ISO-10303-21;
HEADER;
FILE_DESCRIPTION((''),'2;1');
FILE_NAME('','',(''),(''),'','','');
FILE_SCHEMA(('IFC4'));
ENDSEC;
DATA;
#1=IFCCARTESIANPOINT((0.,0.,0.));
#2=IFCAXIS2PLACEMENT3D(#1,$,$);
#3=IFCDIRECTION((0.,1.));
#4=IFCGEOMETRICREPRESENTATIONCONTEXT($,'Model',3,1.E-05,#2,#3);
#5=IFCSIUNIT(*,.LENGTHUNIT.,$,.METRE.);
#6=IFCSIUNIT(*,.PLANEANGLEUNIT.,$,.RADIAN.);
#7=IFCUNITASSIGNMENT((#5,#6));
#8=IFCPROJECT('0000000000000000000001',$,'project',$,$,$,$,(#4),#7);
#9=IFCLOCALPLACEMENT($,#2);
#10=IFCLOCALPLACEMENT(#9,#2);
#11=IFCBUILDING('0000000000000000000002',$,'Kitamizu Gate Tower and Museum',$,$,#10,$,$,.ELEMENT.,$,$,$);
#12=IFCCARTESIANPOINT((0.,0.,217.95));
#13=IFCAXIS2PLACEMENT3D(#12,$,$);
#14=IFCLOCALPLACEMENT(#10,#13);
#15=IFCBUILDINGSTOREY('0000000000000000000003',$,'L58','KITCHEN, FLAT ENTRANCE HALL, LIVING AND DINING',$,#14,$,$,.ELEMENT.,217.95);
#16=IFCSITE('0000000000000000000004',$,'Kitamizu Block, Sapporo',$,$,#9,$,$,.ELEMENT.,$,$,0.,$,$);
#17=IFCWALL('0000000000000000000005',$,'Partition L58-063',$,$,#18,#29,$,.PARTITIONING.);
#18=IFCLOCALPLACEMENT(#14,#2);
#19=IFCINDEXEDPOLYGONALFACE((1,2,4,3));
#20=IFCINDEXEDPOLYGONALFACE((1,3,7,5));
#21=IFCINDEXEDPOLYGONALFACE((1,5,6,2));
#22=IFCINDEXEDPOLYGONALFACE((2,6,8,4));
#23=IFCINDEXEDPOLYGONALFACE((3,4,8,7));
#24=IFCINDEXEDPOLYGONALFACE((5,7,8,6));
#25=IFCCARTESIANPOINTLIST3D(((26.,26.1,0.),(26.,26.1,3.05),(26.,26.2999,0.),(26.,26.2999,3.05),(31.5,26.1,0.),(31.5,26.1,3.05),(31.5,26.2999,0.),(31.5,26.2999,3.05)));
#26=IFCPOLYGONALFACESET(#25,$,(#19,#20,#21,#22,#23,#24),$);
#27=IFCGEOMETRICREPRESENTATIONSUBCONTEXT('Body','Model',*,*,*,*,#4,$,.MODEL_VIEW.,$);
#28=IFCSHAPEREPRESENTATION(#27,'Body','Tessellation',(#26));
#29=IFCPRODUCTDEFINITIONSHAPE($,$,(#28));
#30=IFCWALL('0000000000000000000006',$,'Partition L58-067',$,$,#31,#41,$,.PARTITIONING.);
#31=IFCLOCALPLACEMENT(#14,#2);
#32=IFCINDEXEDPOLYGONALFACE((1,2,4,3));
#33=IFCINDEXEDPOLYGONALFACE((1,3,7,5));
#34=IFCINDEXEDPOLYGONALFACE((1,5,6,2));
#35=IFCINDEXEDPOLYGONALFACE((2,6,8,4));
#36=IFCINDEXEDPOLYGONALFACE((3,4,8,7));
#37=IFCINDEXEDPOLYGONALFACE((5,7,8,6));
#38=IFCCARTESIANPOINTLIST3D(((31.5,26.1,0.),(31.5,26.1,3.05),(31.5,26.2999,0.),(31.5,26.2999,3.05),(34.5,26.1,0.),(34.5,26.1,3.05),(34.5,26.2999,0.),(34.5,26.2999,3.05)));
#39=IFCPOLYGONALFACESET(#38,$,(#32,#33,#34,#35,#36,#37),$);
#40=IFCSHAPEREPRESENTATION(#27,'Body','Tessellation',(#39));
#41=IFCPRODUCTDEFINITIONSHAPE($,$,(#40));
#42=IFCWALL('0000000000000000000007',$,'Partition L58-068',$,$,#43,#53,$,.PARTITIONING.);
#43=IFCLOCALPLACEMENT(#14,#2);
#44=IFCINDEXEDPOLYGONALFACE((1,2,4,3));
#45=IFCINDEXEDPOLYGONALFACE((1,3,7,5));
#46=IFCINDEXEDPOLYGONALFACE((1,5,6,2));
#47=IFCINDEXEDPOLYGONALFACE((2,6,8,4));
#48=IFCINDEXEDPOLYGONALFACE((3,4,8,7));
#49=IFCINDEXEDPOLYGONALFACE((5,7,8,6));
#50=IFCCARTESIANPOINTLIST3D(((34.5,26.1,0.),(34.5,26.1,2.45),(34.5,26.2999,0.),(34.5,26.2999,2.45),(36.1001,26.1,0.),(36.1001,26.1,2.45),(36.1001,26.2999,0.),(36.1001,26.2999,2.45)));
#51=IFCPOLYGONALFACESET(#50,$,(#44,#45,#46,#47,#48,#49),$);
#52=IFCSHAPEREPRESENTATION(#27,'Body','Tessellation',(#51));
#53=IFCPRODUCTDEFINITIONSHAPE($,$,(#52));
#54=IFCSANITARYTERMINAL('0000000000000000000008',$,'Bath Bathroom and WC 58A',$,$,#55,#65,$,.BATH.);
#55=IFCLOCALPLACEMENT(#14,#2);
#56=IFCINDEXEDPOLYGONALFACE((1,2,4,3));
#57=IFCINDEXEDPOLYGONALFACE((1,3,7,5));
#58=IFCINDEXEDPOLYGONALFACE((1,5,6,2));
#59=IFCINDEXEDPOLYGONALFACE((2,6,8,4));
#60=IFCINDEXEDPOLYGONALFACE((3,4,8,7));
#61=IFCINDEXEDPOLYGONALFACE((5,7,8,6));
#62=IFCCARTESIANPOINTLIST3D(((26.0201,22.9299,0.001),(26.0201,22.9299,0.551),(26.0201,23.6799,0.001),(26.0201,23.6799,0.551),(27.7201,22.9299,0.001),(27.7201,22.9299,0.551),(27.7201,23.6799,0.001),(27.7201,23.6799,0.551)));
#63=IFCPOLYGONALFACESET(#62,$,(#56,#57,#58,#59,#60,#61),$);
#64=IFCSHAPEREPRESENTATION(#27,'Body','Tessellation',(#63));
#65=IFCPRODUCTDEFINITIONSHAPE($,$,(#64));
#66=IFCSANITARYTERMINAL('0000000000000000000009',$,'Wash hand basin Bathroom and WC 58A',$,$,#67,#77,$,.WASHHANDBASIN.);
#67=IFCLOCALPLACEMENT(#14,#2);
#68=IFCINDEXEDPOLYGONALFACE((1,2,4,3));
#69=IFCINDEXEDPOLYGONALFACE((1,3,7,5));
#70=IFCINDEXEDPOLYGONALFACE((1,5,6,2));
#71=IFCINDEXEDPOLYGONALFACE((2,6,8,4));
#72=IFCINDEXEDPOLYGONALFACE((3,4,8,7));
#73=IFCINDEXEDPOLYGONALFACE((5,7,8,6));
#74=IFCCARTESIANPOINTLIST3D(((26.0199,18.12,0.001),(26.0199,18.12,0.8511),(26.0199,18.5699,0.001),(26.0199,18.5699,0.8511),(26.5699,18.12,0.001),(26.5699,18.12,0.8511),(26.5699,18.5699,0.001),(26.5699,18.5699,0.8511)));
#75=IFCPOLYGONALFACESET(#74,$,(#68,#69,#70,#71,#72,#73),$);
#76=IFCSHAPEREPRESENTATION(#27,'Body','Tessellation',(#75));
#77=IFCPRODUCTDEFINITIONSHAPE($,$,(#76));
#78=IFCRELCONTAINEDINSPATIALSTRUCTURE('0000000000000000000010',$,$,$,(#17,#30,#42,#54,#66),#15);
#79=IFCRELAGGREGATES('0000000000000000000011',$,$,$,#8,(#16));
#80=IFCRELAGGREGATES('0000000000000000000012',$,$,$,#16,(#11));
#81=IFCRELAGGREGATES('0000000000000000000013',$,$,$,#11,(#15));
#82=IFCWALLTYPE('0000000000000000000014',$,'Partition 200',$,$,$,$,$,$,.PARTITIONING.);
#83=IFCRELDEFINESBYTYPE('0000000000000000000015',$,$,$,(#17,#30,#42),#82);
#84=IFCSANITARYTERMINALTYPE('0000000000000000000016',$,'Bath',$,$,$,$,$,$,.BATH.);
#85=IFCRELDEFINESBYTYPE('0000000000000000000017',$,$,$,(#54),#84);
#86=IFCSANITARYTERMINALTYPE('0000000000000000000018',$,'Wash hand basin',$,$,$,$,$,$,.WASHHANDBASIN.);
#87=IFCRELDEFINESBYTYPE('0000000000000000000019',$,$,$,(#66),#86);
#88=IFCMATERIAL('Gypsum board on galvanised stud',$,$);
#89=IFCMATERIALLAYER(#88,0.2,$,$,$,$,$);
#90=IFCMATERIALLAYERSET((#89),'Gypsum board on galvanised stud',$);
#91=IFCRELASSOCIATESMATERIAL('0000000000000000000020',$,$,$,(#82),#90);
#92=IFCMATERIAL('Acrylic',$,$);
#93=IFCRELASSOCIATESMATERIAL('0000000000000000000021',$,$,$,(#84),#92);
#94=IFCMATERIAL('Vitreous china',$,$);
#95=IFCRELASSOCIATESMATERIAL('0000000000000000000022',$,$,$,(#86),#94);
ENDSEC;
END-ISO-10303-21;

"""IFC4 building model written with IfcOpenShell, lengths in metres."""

from ifc_helpers import new_model, si_unit, direction, frame, frame_2d, origin, origin_2d, place, context, subcontext, project, spatial, rectangle, extrude, material, layer, layer_set, type_object, element, save


model = new_model("IFC4")

# Units and contexts
model_context = context("Model", 3, precision=1e-05, world=origin(), true_north=direction((0.0, 1.0)))
body_context = subcontext(model_context, "Body", "Model", "MODEL_VIEW")
ifc_project = project(units=[si_unit("LENGTHUNIT", "METRE"), si_unit("PLANEANGLEUNIT", "RADIAN")], contexts=[model_context])

# Site, building, storey
site_placement = place(None, origin())
site = spatial("IfcSite", under=ifc_project, at=site_placement, Name="Kitamizu Block, Sapporo", CompositionType="ELEMENT", RefElevation=0.0)
building_placement = place(site_placement, origin())
building = spatial("IfcBuilding", under=site, at=building_placement, Name="Kitamizu Gate Tower and Museum", CompositionType="ELEMENT")
storey_placement = place(building_placement, frame((0.0, 0.0, 217.95)))
storey = spatial("IfcBuildingStorey", under=building, at=storey_placement, Name="L58", Description="KITCHEN, FLAT ENTRANCE HALL, LIVING AND DINING", CompositionType="ELEMENT", Elevation=217.95)

# Walls
ifc_material_1 = material(Name="Gypsum board on galvanised stud")
ifc_layer_1 = layer(ifc_material_1, 0.2)
ifc_layer_set_1 = layer_set([ifc_layer_1], Name="Gypsum board on galvanised stud")
wall_type_1 = type_object("IfcWallType", Name="Partition 200", PredefinedType="PARTITIONING", material=ifc_layer_set_1)
wall_1_placement = place(storey_placement, frame((26.0, 26.2, 0.0), z_axis=(0.0, 0.0, 1.0), x_axis=(1.0, 0.0, 0.0)))
element("IfcWall", 1, at=wall_1_placement, inside=storey, type_object=wall_type_1, Name="Partition L58-063", PredefinedType="PARTITIONING", context=body_context, shape_type="SweptSolid", body=[
    extrude(rectangle(XDim=5.5, YDim=0.2, at=frame_2d((2.75, 0.0))), origin(), (0.0, 0.0, 1.0), 3.05),
])
wall_2_placement = place(storey_placement, frame((31.5, 26.2, 0.0), z_axis=(0.0, 0.0, 1.0), x_axis=(1.0, 0.0, 0.0)))
element("IfcWall", 2, at=wall_2_placement, inside=storey, type_object=wall_type_1, Name="Partition L58-067", PredefinedType="PARTITIONING", context=body_context, shape_type="SweptSolid", body=[
    extrude(rectangle(XDim=3.0, YDim=0.2, at=frame_2d((1.5, 0.0))), origin(), (0.0, 0.0, 1.0), 3.05),
])
wall_3_placement = place(storey_placement, frame((34.5, 26.2, 0.0), z_axis=(0.0, 0.0, 1.0), x_axis=(1.0, 0.0, 0.0)))
element("IfcWall", 3, at=wall_3_placement, inside=storey, type_object=wall_type_1, Name="Partition L58-068", PredefinedType="PARTITIONING", context=body_context, shape_type="SweptSolid", body=[
    extrude(rectangle(XDim=1.6001, YDim=0.2, at=frame_2d((0.8, 0.0))), origin(), (0.0, 0.0, 1.0), 2.45),
])

# Sanitary terminals
ifc_material_2 = material(Name="Acrylic")
sanitary_terminal_type_1 = type_object("IfcSanitaryTerminalType", Name="Bath", PredefinedType="BATH", material=ifc_material_2)
sanitary_terminal_1_placement = place(storey_placement, frame((26.8701, 23.3049, 0.001), z_axis=(0.0, 0.0, 1.0), x_axis=(1.0, 0.0, 0.0)))
element("IfcSanitaryTerminal", 4, at=sanitary_terminal_1_placement, inside=storey, type_object=sanitary_terminal_type_1, Name="Bath Bathroom and WC 58A", PredefinedType="BATH", context=body_context, shape_type="SweptSolid", body=[
    extrude(rectangle(XDim=1.7, YDim=0.75, at=origin_2d()), origin(), (0.0, 0.0, 1.0), 0.55),
])
ifc_material_3 = material(Name="Vitreous china")
sanitary_terminal_type_2 = type_object("IfcSanitaryTerminalType", Name="Wash hand basin", PredefinedType="WASHHANDBASIN", material=ifc_material_3)
sanitary_terminal_2_placement = place(storey_placement, frame((26.2949, 18.345, 0.001), z_axis=(0.0, 0.0, 1.0), x_axis=(1.0, 0.0, 0.0)))
element("IfcSanitaryTerminal", 5, at=sanitary_terminal_2_placement, inside=storey, type_object=sanitary_terminal_type_2, Name="Wash hand basin Bathroom and WC 58A", PredefinedType="WASHHANDBASIN", context=body_context, shape_type="SweptSolid", body=[
    extrude(rectangle(XDim=0.55, YDim=0.45, at=origin_2d()), origin(), (0.0, 0.0, 1.0), 0.8501),
])

save(model, "model.ifc")
